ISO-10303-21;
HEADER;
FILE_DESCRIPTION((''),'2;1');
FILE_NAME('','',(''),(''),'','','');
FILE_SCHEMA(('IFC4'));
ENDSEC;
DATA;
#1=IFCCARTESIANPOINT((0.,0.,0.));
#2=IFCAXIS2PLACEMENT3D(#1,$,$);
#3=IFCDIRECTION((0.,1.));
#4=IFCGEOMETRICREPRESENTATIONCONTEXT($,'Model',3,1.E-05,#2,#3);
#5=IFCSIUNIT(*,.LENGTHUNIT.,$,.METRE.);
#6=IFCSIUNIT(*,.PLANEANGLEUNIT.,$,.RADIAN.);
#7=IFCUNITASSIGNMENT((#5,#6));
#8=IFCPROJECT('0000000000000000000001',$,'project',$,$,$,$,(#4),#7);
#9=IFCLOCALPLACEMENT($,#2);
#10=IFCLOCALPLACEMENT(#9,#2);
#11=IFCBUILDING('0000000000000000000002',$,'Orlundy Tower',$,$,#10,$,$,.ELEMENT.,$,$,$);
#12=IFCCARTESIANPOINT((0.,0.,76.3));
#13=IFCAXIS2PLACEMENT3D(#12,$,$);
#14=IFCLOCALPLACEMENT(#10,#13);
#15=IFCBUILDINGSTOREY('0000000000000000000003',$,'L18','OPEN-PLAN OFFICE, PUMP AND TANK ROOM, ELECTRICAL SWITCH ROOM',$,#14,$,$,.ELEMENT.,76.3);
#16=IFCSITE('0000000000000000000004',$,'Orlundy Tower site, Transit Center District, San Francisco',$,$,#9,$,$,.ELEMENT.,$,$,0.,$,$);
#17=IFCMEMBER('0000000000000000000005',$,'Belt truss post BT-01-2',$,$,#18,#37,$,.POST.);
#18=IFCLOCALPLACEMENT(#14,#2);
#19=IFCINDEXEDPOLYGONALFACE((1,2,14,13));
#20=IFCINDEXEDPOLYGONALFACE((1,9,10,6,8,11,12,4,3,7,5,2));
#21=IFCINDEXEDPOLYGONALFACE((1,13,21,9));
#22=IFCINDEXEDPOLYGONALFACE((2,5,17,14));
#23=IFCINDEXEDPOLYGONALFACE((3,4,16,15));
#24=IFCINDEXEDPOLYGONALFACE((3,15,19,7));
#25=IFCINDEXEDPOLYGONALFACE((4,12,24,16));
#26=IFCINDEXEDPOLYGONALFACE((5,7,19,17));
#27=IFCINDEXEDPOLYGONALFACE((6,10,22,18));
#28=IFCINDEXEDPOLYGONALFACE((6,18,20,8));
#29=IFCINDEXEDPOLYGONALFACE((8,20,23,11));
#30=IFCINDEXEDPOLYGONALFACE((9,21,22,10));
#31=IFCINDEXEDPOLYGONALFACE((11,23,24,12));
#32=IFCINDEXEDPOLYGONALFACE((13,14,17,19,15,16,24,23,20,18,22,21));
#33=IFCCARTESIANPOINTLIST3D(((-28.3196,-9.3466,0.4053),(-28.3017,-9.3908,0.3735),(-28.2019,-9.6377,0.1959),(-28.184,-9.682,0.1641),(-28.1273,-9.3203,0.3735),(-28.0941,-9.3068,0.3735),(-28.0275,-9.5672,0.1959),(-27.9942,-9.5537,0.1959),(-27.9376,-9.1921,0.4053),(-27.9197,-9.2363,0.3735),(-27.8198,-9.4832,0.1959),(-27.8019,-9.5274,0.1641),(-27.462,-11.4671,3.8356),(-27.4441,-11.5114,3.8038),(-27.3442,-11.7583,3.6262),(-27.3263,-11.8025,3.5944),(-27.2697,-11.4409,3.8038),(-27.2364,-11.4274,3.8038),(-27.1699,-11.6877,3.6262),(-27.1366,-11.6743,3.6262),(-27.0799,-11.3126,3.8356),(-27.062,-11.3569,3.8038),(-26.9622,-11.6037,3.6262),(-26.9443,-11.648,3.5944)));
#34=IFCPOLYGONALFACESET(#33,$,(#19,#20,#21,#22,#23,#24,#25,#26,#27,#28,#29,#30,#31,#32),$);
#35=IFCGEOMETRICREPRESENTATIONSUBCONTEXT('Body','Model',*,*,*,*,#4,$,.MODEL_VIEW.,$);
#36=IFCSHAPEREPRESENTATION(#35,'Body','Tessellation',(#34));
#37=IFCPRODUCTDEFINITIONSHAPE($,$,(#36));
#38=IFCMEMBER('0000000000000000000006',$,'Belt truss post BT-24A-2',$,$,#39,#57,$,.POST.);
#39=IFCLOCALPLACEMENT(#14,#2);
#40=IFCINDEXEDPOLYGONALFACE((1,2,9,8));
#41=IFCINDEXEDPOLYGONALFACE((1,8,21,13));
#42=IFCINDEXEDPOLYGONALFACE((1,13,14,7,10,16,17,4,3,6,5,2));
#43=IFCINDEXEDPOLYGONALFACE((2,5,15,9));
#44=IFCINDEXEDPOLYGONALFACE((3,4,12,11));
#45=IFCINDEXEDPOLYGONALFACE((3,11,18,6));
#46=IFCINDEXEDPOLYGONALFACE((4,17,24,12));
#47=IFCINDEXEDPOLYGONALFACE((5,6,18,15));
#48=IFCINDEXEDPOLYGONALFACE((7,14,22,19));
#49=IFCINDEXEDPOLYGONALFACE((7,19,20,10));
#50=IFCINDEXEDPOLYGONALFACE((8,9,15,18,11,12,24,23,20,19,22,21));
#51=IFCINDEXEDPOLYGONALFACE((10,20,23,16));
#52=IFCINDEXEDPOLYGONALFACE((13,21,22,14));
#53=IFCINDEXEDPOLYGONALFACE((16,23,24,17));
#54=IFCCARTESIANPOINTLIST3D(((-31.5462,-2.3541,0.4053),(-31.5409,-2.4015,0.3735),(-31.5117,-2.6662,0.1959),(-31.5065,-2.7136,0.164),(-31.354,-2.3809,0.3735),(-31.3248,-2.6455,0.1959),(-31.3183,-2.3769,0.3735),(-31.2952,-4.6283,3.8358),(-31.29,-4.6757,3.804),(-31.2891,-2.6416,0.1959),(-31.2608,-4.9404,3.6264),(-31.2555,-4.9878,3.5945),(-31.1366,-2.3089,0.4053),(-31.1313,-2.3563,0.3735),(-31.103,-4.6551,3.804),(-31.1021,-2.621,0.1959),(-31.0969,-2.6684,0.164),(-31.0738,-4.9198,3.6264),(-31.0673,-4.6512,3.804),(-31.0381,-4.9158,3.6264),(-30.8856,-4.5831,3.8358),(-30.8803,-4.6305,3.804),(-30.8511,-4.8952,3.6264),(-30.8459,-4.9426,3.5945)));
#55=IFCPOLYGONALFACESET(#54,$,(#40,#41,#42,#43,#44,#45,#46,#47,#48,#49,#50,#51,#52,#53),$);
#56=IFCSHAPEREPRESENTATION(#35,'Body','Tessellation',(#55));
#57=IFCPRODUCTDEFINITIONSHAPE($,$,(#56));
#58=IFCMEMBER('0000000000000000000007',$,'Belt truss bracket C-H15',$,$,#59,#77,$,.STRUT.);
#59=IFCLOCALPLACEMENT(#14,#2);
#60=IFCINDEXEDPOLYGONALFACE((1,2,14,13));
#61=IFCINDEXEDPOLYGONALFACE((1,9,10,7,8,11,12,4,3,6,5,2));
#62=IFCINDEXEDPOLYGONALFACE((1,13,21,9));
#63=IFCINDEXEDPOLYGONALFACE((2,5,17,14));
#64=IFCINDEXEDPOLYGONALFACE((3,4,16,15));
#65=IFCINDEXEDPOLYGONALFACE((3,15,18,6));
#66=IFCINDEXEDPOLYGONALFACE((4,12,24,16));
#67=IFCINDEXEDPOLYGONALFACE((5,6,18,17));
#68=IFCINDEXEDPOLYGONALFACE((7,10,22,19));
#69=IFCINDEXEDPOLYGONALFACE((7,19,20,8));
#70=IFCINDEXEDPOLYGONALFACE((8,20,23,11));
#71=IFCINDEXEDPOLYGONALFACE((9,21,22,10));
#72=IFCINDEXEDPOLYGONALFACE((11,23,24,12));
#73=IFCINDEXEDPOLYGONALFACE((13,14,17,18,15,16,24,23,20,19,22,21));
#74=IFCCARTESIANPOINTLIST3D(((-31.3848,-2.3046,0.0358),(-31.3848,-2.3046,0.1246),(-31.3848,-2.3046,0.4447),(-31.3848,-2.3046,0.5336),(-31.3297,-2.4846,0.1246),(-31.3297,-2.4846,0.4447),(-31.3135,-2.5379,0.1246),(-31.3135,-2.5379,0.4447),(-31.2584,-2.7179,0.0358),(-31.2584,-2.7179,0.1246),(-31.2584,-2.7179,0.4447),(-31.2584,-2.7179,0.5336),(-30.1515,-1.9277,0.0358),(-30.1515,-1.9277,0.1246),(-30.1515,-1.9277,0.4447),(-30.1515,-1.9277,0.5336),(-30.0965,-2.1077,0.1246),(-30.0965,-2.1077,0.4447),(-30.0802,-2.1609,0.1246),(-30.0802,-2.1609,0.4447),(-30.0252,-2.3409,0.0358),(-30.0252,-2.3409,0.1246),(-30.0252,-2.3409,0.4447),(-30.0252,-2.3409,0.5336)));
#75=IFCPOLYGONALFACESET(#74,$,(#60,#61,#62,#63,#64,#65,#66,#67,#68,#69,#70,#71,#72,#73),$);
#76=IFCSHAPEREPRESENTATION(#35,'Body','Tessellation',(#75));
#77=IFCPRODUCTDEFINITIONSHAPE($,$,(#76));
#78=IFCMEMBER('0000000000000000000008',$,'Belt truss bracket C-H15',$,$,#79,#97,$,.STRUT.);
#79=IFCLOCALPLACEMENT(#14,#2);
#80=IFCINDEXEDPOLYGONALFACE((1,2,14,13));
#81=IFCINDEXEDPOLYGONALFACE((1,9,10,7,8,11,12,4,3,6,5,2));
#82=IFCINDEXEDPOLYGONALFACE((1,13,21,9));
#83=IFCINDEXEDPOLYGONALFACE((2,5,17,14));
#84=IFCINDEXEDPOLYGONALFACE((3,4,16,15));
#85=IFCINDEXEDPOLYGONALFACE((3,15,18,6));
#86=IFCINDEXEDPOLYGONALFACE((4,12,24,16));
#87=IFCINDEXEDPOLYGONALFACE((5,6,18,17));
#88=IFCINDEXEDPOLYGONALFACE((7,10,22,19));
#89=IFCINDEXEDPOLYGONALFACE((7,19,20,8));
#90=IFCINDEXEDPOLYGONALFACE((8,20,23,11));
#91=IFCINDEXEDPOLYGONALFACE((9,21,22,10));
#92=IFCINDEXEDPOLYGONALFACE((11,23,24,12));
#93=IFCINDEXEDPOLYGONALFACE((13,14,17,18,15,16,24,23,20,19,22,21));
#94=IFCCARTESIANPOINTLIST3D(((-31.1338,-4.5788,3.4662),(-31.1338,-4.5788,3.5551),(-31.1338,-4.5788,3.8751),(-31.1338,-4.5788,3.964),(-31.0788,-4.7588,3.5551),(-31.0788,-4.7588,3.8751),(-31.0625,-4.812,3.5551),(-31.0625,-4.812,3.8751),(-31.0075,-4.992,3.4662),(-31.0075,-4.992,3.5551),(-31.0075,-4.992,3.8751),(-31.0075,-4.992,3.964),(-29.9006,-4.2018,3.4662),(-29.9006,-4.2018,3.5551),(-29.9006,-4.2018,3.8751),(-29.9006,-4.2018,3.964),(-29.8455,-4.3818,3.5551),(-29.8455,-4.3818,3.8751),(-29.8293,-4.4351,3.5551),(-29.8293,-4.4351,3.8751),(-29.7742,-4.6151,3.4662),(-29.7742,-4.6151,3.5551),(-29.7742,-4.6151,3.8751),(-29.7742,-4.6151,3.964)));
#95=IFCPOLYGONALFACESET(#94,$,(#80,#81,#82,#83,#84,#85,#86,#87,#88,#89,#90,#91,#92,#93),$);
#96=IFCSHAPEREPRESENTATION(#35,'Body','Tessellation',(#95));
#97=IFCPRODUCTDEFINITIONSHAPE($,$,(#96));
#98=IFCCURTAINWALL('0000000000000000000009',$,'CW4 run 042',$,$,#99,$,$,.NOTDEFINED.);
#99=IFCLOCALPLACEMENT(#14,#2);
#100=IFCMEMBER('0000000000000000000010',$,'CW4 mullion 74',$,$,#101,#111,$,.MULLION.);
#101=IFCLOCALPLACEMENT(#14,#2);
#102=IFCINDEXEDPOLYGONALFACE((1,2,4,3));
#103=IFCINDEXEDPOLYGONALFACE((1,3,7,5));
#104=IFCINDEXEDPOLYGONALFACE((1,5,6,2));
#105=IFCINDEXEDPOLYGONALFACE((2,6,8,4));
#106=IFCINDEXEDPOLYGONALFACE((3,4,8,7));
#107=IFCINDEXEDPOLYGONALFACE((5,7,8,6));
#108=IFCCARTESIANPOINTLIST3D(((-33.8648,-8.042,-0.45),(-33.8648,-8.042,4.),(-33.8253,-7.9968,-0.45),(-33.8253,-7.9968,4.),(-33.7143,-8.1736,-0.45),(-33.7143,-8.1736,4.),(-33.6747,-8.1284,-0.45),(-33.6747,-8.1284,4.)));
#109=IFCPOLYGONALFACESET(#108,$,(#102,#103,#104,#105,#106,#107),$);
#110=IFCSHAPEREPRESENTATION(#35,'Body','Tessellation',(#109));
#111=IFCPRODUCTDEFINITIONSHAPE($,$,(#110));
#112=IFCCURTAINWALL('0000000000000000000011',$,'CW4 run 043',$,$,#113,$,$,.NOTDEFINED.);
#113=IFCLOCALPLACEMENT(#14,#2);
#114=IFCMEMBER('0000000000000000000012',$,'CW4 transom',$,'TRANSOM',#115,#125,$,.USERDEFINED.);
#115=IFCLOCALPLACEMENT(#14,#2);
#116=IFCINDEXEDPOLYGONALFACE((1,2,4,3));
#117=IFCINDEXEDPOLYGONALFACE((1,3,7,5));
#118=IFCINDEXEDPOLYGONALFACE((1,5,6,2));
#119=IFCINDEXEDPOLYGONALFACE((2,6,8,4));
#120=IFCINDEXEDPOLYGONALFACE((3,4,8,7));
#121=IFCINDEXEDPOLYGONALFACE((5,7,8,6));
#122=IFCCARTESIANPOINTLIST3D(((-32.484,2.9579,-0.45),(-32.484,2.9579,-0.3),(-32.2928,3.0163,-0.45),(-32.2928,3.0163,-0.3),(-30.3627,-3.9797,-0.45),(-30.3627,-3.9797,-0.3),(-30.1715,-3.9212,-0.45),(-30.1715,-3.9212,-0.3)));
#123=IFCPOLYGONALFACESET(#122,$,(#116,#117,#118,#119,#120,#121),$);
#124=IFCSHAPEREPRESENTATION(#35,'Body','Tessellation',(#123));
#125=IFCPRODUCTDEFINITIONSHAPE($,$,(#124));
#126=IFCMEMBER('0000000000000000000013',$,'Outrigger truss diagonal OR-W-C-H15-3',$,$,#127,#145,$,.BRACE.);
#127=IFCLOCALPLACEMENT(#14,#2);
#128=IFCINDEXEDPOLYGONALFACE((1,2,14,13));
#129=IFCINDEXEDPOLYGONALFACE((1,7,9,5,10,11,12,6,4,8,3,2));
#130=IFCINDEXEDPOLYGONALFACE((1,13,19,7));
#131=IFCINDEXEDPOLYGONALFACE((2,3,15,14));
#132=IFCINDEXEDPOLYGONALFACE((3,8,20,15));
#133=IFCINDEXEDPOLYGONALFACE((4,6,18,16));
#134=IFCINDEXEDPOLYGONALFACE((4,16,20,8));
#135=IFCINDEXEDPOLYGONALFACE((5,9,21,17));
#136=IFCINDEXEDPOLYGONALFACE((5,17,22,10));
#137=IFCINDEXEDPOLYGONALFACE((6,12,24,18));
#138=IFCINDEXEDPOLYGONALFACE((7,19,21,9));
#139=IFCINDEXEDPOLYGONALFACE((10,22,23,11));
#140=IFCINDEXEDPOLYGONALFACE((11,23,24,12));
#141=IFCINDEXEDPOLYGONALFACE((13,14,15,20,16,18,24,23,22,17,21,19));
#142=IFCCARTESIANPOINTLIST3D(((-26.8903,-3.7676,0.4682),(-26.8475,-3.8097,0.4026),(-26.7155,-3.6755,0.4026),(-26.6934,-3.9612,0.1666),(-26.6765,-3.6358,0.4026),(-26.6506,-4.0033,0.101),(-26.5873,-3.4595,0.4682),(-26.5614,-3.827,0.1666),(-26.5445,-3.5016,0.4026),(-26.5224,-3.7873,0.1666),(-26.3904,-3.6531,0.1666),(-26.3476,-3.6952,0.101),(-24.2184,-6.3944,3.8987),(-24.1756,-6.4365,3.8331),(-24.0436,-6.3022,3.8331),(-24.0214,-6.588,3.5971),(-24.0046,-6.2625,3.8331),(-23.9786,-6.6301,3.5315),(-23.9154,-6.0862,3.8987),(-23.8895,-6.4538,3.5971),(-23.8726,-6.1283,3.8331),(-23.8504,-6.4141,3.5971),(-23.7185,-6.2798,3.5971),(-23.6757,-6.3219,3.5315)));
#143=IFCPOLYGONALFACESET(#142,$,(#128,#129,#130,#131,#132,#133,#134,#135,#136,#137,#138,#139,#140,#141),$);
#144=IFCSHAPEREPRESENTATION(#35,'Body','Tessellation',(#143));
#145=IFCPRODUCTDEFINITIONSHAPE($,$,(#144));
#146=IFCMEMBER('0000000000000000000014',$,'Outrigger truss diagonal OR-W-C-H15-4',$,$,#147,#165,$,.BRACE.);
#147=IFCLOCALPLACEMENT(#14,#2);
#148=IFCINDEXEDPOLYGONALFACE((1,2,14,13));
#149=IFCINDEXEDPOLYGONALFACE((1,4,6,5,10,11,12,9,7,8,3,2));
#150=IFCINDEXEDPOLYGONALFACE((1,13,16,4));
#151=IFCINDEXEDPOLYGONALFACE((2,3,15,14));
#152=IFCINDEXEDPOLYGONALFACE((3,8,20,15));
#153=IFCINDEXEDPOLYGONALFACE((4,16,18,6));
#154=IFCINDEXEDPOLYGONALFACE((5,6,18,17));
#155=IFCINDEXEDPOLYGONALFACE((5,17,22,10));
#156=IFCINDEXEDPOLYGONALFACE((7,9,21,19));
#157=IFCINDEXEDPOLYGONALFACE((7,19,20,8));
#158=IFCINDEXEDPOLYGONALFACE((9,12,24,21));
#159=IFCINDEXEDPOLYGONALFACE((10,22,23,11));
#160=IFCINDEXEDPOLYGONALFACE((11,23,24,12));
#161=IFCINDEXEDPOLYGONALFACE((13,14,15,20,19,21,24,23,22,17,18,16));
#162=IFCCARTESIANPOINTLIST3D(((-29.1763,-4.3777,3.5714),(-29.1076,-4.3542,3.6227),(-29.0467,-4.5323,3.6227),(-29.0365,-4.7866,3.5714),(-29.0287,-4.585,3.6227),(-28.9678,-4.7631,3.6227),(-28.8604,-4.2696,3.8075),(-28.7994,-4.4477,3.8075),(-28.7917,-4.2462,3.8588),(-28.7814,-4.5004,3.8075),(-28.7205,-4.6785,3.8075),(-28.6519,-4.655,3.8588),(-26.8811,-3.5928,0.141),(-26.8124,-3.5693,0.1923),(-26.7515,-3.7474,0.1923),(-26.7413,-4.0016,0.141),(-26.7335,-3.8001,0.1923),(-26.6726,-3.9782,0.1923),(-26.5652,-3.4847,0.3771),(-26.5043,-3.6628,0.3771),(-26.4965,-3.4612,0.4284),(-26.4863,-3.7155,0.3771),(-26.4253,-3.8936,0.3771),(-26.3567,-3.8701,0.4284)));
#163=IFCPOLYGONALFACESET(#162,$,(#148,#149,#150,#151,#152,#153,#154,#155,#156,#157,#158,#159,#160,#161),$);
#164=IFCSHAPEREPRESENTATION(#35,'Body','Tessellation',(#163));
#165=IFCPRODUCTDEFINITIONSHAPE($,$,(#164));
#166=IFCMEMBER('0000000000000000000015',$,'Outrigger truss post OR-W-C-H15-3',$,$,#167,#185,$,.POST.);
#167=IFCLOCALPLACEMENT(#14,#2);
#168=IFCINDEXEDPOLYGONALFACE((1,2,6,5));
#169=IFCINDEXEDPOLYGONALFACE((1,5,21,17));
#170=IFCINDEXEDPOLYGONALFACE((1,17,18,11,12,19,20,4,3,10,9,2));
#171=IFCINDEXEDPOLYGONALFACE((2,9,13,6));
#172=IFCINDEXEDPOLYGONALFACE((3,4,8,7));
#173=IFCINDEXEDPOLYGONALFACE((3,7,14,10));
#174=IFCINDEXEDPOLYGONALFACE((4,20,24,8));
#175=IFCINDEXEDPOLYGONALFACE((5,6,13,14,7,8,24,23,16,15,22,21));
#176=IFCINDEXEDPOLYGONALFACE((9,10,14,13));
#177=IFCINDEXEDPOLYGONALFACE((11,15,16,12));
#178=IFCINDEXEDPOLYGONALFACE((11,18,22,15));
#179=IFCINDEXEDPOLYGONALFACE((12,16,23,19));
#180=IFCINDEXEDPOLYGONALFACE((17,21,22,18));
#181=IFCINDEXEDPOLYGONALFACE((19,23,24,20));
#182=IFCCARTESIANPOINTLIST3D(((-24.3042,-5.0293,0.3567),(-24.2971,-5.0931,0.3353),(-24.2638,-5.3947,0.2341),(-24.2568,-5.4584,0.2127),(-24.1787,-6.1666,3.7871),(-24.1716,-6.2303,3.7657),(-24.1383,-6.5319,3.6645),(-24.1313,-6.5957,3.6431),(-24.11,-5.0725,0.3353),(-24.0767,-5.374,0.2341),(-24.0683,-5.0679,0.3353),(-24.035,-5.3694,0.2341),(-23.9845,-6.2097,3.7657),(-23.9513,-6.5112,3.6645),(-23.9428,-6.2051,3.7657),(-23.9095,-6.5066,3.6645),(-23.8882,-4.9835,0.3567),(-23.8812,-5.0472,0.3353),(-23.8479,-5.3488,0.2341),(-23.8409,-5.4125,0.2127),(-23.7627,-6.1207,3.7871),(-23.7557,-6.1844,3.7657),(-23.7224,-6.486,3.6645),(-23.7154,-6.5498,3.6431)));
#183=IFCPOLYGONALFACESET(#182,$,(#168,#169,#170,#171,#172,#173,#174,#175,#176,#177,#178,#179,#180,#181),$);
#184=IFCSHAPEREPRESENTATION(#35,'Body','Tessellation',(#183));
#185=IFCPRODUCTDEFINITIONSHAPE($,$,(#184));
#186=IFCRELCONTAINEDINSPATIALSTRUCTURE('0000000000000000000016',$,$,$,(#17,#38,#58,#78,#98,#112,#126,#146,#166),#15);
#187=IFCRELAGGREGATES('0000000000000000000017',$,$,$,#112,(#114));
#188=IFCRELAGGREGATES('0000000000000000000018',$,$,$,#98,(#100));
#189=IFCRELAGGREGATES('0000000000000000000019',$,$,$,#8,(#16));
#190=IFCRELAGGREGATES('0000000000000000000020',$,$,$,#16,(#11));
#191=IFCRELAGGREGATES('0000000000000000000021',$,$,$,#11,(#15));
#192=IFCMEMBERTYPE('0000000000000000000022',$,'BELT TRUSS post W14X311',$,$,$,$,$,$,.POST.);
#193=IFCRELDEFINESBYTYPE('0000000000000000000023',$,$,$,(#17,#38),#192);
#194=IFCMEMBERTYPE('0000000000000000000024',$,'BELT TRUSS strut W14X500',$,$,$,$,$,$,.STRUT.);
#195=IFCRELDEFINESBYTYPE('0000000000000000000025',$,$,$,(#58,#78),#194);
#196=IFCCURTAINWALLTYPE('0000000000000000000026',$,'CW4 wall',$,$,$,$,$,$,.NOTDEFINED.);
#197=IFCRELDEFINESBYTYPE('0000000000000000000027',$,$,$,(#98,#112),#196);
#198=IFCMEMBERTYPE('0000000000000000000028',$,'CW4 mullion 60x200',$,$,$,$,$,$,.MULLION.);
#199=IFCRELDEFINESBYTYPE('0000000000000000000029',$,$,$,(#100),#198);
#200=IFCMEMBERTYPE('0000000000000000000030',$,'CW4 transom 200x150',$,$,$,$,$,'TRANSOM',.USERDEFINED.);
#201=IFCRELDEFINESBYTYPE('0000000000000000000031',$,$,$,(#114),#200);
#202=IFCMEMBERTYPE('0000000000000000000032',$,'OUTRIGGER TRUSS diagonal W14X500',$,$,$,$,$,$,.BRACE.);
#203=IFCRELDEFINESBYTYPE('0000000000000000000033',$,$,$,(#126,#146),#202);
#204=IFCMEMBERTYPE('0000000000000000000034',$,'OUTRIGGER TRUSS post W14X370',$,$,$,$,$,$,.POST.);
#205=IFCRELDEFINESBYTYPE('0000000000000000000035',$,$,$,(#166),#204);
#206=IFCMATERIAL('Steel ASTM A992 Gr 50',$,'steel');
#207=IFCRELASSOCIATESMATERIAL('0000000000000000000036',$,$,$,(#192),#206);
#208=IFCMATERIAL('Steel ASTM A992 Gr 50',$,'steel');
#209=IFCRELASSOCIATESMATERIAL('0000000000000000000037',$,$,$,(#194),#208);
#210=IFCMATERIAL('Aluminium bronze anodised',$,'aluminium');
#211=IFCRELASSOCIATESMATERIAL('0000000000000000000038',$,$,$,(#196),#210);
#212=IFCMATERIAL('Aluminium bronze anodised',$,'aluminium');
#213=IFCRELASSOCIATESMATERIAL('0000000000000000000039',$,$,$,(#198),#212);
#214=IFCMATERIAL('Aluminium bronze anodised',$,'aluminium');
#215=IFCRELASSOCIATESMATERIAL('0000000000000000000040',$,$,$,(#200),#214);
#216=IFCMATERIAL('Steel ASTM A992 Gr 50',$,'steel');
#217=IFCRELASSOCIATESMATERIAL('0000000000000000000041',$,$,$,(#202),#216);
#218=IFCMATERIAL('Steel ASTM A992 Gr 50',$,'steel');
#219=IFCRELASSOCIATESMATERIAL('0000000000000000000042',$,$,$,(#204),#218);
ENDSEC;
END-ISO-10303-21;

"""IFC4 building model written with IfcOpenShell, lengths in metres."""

from ifc_helpers import new_model, si_unit, direction, frame, origin, origin_2d, place, context, subcontext, project, spatial, rectangle, i_section, extrude, material, material_profile, profile_set, type_object, element, aggregate, save


model = new_model("IFC4")

# Units and contexts
model_context = context("Model", 3, precision=1e-05, world=origin(), true_north=direction((0.0, 1.0)))
body_context = subcontext(model_context, "Body", "Model", "MODEL_VIEW")
ifc_project = project(units=[si_unit("LENGTHUNIT", "METRE"), si_unit("PLANEANGLEUNIT", "RADIAN")], contexts=[model_context])

# Site, building, storey
site_placement = place(None, origin())
site = spatial("IfcSite", under=ifc_project, at=site_placement, Name="Orlundy Tower site, Transit Center District, San Francisco", CompositionType="ELEMENT", RefElevation=0.0)
building_placement = place(site_placement, origin())
building = spatial("IfcBuilding", under=site, at=building_placement, Name="Orlundy Tower", CompositionType="ELEMENT")
storey_placement = place(building_placement, frame((0.0, 0.0, 76.3)))
storey = spatial("IfcBuildingStorey", under=building, at=storey_placement, Name="L18", Description="OPEN-PLAN OFFICE, PUMP AND TANK ROOM, ELECTRICAL SWITCH ROOM", CompositionType="ELEMENT", Elevation=76.3)

# Members
ifc_material_1 = material(Name="Steel ASTM A992 Gr 50", Category="steel")
ifc_material_profile_1 = material_profile(ifc_material_1, i_section(OverallWidth=0.4121, OverallDepth=0.4348, WebThickness=0.0359, FlangeThickness=0.0574, at=origin_2d()), Name="W14X311")
ifc_profile_set_1 = profile_set([ifc_material_profile_1], Name="Steel ASTM A992 Gr 50")
member_type_1 = type_object("IfcMemberType", Name="BELT TRUSS post W14X311", PredefinedType="POST", material=ifc_profile_set_1)
member_1_placement = place(storey_placement, frame((-28.0608, -9.437, 0.2847), z_axis=(0.208012, -0.514317, 0.831991), x_axis=(0.927049, 0.374939, 0.0)))
element("IfcMember", 1, at=member_1_placement, inside=storey, type_object=member_type_1, Name="Belt truss post BT-01-2", PredefinedType="POST", context=body_context, shape_type="SweptSolid", body=[
    extrude(i_section(OverallWidth=0.4121, OverallDepth=0.4348, WebThickness=0.0359, FlangeThickness=0.0574, at=origin_2d()), origin(), (0.0, 0.0, 1.0), 4.123),
])
member_2_placement = place(storey_placement, frame((-31.3215, -2.5112, 0.2847), z_axis=(0.060866, -0.551525, 0.831935), x_axis=(0.993965, 0.109694, 0.0)))
element("IfcMember", 2, at=member_2_placement, inside=storey, type_object=member_type_1, Name="Belt truss post BT-24A-2", PredefinedType="POST", context=body_context, shape_type="SweptSolid", body=[
    extrude(i_section(OverallWidth=0.4121, OverallDepth=0.4348, WebThickness=0.0359, FlangeThickness=0.0574, at=origin_2d()), origin(), (0.0, 0.0, 1.0), 4.1235),
])
ifc_material_2 = material(Name="Steel ASTM A992 Gr 50", Category="steel")
ifc_material_profile_2 = material_profile(ifc_material_2, i_section(OverallWidth=0.4321, OverallDepth=0.4978, WebThickness=0.0557, FlangeThickness=0.0889, at=origin_2d()), Name="W14X500")
ifc_profile_set_2 = profile_set([ifc_material_profile_2], Name="Steel ASTM A992 Gr 50")
member_type_2 = type_object("IfcMemberType", Name="BELT TRUSS strut W14X500", PredefinedType="STRUT", material=ifc_profile_set_2)
for number, where, z_axis, x_axis, name in (
    (3, (-30.0884, -2.1343, 0.2847), (-0.956318, -0.292329, 0.0), (0.292329, -0.956318, 0.0), "Belt truss bracket C-H15"),
    (4, (-29.8374, -4.4084, 3.7151), (-0.956318, -0.292329, 0.0), (0.292329, -0.956318, 0.0), "Belt truss bracket C-H15"),
):
    element("IfcMember", number, at=place(storey_placement, frame(where, z_axis=z_axis, x_axis=x_axis)), inside=storey, type_object=member_type_2, Name=name, PredefinedType="STRUT", context=body_context, shape_type="SweptSolid", body=[
        extrude(i_section(OverallWidth=0.4321, OverallDepth=0.4978, WebThickness=0.0557, FlangeThickness=0.0889, at=origin_2d()), origin(), (0.0, 0.0, 1.0), 1.2896),
    ])

# Curtain walls, members
ifc_material_3 = material(Name="Aluminium bronze anodised", Category="aluminium")
curtain_wall_type = type_object("IfcCurtainWallType", Name="CW4 wall", PredefinedType="NOTDEFINED", material=ifc_material_3)
curtain_wall_1_placement = place(storey_placement, origin())
curtain_wall_1 = element("IfcCurtainWall", 5, at=curtain_wall_1_placement, inside=storey, type_object=curtain_wall_type, Name="CW4 run 042", PredefinedType="NOTDEFINED")
ifc_material_4 = material(Name="Aluminium bronze anodised", Category="aluminium")
ifc_material_profile_3 = material_profile(ifc_material_4, rectangle(XDim=0.2, YDim=0.0601, at=origin_2d()), Name="CW4 mullion 60x200")
ifc_profile_set_3 = profile_set([ifc_material_profile_3], Name="Aluminium bronze anodised")
member_type_3 = type_object("IfcMemberType", Name="CW4 mullion 60x200", PredefinedType="MULLION", material=ifc_profile_set_3)
member_3_placement = place(storey_placement, frame((-33.7698, -8.0852, -0.45), z_axis=(0.0, 0.0, 1.0), x_axis=(-0.752785, 0.658267, 0.0)))
member_3 = element("IfcMember", 6, at=member_3_placement, type_object=member_type_3, Name="CW4 mullion 74", PredefinedType="MULLION", context=body_context, shape_type="SweptSolid", body=[
    extrude(rectangle(XDim=0.2, YDim=0.0601, at=origin_2d()), origin(), (0.0, 0.0, 1.0), 4.45),
])
curtain_wall_2_placement = place(storey_placement, origin())
curtain_wall_2 = element("IfcCurtainWall", 7, at=curtain_wall_2_placement, inside=storey, type_object=curtain_wall_type, Name="CW4 run 043", PredefinedType="NOTDEFINED")
ifc_material_5 = material(Name="Aluminium bronze anodised", Category="aluminium")
ifc_material_profile_4 = material_profile(ifc_material_5, rectangle(XDim=0.2, YDim=0.1499, at=origin_2d()), Name="CW4 transom 200x150")
ifc_profile_set_4 = profile_set([ifc_material_profile_4], Name="Aluminium bronze anodised")
member_type_4 = type_object("IfcMemberType", Name="CW4 transom 200x150", ElementType="TRANSOM", PredefinedType="USERDEFINED", material=ifc_profile_set_4)
member_4_placement = place(storey_placement, frame((-30.2671, -3.9504, -0.375), z_axis=(-0.292413, 0.956292, 0.0), x_axis=(-0.956292, -0.292413, 0.0)))
member_4 = element("IfcMember", 8, at=member_4_placement, type_object=member_type_4, Name="CW4 transom", ObjectType="TRANSOM", PredefinedType="USERDEFINED", context=body_context, shape_type="SweptSolid", body=[
    extrude(rectangle(XDim=0.2, YDim=0.1499, at=origin_2d()), origin(), (0.0, 0.0, 1.0), 7.2546),
])
aggregate(curtain_wall_2, [member_4])

# Members
ifc_material_6 = material(Name="Steel ASTM A992 Gr 50", Category="steel")
ifc_material_profile_5 = material_profile(ifc_material_6, i_section(OverallWidth=0.4321, OverallDepth=0.4978, WebThickness=0.0557, FlangeThickness=0.0889, at=origin_2d()), Name="W14X500")
ifc_profile_set_5 = profile_set([ifc_material_profile_5], Name="Steel ASTM A992 Gr 50")
member_type_5 = type_object("IfcMemberType", Name="OUTRIGGER TRUSS diagonal W14X500", PredefinedType="BRACE", material=ifc_profile_set_5)
member_5_placement = place(storey_placement, frame((-23.947, -6.3582, 3.7151), z_axis=(-0.525961, 0.51707, -0.675281), x_axis=(-0.701054, -0.713108, 0.0)))
element("IfcMember", 9, at=member_5_placement, inside=storey, type_object=member_type_5, Name="Outrigger truss diagonal OR-W-C-H15-3", PredefinedType="BRACE", context=body_context, shape_type="SweptSolid", body=[
    extrude(i_section(OverallWidth=0.4321, OverallDepth=0.4978, WebThickness=0.0557, FlangeThickness=0.0889, at=origin_2d()), origin(), (0.0, 0.0, 1.0), 5.0801),
])
member_6_placement = place(storey_placement, frame((-26.6189, -3.7314, 0.2847), z_axis=(-0.546288, -0.186822, 0.816497), x_axis=(0.323586, -0.946199, 0.0)))
element("IfcMember", 10, at=member_6_placement, inside=storey, type_object=member_type_5, Name="Outrigger truss diagonal OR-W-C-H15-4", PredefinedType="BRACE", context=body_context, shape_type="SweptSolid", body=[
    extrude(i_section(OverallWidth=0.4321, OverallDepth=0.4978, WebThickness=0.0557, FlangeThickness=0.0889, at=origin_2d()), origin(), (0.0, 0.0, 1.0), 4.2014),
])
ifc_material_7 = material(Name="Steel ASTM A992 Gr 50", Category="steel")
ifc_material_profile_6 = material_profile(ifc_material_7, i_section(OverallWidth=0.4185, OverallDepth=0.4551, WebThickness=0.042, FlangeThickness=0.0676, at=origin_2d()), Name="W14X370")
ifc_profile_set_6 = profile_set([ifc_material_profile_6], Name="Steel ASTM A992 Gr 50")
member_type_6 = type_object("IfcMemberType", Name="OUTRIGGER TRUSS post W14X370", PredefinedType="POST", material=ifc_profile_set_6)
member_7_placement = place(storey_placement, frame((-24.0725, -5.2209, 0.2847), z_axis=(0.034702, -0.314477, 0.94863), x_axis=(0.993967, 0.109682, 0.0)))
element("IfcMember", 11, at=member_7_placement, inside=storey, type_object=member_type_6, Name="Outrigger truss post OR-W-C-H15-3", PredefinedType="POST", context=body_context, shape_type="SweptSolid", body=[
    extrude(i_section(OverallWidth=0.4185, OverallDepth=0.4551, WebThickness=0.042, FlangeThickness=0.0676, at=origin_2d()), origin(), (0.0, 0.0, 1.0), 3.6162),
])

aggregate(curtain_wall_1, [member_3])

save(model, "model.ifc")
